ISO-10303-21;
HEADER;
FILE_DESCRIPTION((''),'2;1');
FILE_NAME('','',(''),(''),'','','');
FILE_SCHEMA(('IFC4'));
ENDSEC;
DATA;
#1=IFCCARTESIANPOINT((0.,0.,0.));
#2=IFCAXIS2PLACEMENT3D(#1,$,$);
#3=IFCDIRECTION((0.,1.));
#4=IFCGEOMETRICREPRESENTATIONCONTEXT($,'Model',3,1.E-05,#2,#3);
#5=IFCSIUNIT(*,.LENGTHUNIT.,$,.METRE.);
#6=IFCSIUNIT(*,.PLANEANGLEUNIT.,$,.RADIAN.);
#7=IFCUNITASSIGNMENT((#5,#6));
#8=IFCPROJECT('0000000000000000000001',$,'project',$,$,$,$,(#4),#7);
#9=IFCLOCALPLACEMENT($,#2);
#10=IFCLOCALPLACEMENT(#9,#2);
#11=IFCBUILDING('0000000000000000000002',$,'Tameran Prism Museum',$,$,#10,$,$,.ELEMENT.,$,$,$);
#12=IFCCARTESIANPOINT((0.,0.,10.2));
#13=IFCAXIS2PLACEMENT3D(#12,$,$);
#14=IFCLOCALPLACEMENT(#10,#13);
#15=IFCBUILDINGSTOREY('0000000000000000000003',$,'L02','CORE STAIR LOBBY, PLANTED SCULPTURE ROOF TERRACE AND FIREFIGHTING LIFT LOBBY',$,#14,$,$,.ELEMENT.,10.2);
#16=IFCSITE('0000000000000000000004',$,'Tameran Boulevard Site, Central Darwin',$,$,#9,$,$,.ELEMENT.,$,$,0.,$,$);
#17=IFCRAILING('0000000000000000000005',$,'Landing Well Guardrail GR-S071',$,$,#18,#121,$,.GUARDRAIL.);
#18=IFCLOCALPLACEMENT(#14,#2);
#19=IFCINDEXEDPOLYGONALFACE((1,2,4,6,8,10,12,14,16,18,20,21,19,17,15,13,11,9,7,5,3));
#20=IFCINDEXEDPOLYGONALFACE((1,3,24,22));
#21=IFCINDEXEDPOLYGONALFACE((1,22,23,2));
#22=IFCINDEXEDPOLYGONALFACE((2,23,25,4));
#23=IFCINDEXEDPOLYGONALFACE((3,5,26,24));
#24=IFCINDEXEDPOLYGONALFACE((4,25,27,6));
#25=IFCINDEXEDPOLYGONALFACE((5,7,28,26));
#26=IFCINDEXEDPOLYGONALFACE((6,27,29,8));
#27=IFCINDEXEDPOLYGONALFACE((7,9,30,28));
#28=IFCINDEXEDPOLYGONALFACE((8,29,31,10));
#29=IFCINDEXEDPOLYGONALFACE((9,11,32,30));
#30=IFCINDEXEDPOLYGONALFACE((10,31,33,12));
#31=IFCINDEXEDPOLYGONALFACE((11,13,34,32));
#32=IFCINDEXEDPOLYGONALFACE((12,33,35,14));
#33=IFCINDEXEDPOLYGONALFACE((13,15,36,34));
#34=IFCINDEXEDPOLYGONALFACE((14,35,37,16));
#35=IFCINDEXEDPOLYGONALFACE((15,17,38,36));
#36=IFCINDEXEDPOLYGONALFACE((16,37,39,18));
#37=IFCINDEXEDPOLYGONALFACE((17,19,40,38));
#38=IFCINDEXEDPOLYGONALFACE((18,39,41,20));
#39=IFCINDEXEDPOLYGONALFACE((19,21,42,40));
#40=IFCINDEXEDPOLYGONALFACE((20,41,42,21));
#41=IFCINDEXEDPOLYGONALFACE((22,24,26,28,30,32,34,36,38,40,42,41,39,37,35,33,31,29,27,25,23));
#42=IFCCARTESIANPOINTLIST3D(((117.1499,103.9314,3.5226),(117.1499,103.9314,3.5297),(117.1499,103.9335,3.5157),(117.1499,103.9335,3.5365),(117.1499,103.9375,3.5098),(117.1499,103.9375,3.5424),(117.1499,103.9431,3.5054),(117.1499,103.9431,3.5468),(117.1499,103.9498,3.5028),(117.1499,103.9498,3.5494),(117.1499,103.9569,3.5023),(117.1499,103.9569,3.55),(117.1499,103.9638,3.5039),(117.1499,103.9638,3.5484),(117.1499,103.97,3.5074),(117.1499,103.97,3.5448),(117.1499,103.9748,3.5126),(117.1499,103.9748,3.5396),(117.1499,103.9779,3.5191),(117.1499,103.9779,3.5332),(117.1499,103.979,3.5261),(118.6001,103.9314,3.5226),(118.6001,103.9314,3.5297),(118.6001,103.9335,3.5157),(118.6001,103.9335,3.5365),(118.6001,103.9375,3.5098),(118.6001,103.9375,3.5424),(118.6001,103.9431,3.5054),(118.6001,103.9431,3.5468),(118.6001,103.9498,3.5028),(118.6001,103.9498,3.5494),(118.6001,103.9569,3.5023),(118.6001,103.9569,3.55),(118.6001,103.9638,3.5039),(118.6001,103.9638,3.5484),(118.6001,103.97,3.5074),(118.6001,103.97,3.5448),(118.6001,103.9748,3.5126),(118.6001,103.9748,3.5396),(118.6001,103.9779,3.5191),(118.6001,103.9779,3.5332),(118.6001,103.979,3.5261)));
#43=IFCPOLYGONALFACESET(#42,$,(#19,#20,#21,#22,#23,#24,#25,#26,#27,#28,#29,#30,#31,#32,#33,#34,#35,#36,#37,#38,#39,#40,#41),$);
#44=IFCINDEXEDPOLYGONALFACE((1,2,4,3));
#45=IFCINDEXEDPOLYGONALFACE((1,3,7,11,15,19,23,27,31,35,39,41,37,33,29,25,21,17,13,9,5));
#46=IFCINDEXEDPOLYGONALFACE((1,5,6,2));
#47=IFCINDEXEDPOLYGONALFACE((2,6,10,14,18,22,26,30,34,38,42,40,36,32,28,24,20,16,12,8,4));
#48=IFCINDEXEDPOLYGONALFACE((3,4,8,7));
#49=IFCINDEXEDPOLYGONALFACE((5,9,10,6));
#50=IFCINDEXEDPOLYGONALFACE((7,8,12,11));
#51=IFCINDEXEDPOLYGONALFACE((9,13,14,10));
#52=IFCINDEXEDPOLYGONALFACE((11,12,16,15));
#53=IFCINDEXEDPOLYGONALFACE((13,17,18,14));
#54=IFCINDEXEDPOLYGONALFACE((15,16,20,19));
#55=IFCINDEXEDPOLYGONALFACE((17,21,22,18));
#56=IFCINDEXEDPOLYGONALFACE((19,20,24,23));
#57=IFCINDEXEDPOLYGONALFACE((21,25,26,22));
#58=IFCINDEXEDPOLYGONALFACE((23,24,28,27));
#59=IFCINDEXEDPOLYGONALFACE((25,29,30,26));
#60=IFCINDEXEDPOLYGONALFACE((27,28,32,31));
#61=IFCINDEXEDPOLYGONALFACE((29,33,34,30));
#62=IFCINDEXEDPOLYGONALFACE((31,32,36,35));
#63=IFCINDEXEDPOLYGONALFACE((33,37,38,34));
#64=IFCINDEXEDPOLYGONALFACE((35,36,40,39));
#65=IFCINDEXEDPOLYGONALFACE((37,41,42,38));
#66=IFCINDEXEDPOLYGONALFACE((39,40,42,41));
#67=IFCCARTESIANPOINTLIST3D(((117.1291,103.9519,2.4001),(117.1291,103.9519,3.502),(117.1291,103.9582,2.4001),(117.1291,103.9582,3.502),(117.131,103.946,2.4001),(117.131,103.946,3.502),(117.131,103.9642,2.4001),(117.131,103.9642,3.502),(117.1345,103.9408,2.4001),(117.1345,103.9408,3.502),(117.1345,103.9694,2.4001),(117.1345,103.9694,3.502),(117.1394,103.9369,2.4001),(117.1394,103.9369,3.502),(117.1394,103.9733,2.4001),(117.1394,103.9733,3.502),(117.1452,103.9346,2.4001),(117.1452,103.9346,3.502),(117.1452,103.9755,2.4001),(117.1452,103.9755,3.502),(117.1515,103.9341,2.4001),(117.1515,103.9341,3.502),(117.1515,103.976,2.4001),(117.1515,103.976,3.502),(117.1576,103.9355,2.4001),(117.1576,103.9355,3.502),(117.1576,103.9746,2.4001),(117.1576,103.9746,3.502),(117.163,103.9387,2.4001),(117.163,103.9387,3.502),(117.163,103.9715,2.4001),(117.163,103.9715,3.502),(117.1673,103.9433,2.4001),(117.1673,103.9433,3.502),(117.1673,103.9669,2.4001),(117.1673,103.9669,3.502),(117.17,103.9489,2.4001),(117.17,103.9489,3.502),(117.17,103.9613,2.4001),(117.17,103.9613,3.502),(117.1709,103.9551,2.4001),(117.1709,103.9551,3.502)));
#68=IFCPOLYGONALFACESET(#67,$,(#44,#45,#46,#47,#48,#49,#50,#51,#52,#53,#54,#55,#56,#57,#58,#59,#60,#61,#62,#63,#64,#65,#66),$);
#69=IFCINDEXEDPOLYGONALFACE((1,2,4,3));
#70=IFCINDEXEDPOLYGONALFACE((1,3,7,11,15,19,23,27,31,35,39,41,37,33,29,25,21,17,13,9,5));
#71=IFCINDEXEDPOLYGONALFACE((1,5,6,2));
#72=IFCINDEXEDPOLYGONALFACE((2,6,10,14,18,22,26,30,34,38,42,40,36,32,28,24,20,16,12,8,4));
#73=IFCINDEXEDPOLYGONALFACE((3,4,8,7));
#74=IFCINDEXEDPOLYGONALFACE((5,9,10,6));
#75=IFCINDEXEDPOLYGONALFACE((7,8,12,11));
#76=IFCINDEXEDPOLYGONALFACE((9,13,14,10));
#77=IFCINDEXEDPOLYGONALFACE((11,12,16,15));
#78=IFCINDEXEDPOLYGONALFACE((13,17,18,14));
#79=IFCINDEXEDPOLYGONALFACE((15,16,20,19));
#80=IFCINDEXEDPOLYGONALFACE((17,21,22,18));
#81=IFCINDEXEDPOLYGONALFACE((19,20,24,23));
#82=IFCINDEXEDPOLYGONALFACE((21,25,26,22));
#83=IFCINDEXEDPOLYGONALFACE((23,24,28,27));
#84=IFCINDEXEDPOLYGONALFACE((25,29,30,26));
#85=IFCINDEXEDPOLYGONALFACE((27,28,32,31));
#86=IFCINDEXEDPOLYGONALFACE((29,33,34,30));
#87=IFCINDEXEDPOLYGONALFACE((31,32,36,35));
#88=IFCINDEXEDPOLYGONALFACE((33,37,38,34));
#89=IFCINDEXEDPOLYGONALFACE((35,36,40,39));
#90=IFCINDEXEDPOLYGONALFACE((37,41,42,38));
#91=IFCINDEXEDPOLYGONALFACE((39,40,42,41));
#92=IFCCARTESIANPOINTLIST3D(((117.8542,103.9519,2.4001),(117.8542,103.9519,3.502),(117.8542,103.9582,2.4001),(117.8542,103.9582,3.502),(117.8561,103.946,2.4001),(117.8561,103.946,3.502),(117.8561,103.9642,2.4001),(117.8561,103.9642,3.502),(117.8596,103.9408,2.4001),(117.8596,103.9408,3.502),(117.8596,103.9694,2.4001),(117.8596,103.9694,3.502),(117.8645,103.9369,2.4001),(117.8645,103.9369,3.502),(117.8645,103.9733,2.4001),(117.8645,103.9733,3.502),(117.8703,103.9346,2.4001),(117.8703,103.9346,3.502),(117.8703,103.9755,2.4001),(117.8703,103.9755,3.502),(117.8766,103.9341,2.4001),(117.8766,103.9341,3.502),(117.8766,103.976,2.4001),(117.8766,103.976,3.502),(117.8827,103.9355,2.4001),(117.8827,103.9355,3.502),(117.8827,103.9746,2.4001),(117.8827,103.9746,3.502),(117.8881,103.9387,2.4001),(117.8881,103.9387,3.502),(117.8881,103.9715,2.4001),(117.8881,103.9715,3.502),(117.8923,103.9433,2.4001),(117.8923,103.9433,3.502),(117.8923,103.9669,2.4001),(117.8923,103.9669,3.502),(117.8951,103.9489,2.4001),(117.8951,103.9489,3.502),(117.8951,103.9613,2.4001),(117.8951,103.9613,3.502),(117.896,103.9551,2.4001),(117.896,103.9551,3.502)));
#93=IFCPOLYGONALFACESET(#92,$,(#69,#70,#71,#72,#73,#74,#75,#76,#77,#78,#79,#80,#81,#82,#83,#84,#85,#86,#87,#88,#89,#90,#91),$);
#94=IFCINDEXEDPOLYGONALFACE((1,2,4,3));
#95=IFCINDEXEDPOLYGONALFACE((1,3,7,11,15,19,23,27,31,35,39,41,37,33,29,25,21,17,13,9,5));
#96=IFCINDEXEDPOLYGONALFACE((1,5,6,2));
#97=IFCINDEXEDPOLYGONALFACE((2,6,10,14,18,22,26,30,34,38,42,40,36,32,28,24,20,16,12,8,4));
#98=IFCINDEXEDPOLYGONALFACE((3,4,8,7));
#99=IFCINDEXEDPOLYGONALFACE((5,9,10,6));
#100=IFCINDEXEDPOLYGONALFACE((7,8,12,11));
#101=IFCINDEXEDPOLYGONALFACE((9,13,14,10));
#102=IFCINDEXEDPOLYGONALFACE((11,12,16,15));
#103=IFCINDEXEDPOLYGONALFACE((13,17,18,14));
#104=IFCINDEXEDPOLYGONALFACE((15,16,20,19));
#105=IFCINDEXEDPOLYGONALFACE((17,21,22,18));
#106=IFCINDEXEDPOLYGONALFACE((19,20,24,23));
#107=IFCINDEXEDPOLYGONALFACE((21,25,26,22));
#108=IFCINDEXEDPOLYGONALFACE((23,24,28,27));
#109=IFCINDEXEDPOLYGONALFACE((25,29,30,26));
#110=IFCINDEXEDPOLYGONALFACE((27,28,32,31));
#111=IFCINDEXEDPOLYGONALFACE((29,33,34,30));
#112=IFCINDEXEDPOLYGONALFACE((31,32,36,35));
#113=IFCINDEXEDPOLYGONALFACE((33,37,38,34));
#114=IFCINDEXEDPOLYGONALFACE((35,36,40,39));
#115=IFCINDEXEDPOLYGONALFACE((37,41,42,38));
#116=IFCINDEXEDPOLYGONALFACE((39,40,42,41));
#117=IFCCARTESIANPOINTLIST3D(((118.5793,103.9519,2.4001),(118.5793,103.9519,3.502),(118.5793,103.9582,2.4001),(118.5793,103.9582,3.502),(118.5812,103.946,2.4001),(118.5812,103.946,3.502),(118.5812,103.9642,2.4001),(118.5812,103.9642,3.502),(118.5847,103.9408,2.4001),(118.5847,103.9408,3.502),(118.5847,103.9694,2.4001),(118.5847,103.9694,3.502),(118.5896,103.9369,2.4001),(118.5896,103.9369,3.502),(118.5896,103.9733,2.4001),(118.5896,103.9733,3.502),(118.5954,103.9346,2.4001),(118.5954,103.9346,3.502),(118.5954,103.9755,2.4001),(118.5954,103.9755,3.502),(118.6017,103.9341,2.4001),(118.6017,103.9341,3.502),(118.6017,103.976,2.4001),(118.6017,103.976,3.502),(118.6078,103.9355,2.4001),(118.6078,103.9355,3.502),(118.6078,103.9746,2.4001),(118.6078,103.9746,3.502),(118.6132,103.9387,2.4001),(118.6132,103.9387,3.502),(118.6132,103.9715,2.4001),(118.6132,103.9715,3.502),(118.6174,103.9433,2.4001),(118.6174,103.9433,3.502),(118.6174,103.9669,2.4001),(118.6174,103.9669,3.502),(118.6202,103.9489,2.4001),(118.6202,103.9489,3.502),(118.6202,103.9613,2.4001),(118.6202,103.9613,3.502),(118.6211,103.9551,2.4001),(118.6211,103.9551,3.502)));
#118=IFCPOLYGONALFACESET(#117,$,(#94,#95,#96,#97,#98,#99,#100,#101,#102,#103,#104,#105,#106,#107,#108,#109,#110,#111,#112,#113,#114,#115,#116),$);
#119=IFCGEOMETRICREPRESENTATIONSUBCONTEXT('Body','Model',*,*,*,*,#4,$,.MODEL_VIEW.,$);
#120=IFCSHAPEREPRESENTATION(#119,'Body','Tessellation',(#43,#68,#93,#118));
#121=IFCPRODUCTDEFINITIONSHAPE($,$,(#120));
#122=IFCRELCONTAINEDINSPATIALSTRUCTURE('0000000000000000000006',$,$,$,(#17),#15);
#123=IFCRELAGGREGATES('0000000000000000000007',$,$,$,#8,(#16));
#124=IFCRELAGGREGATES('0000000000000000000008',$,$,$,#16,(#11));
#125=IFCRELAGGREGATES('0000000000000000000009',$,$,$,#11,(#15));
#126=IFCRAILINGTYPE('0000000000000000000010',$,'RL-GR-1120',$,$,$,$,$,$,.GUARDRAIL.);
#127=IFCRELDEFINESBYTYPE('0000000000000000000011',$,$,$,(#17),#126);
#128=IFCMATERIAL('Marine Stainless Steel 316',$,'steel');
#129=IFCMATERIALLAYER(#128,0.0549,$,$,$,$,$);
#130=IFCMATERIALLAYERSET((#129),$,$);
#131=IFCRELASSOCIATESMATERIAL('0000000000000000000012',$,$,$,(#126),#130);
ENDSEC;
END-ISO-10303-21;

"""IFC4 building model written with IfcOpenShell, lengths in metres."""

from ifc_helpers import new_model, si_unit, direction, frame, origin, origin_2d, place, context, subcontext, project, spatial, circle, extrude, material, layer, layer_set, type_object, element, save


model = new_model("IFC4")

# Units and contexts
model_context = context("Model", 3, precision=1e-05, world=origin(), true_north=direction((0.0, 1.0)))
body_context = subcontext(model_context, "Body", "Model", "MODEL_VIEW")
ifc_project = project(units=[si_unit("LENGTHUNIT", "METRE"), si_unit("PLANEANGLEUNIT", "RADIAN")], contexts=[model_context])

# Site, building, storey
site_placement = place(None, origin())
site = spatial("IfcSite", under=ifc_project, at=site_placement, Name="Tameran Boulevard Site, Central Darwin", CompositionType="ELEMENT", RefElevation=0.0)
building_placement = place(site_placement, origin())
building = spatial("IfcBuilding", under=site, at=building_placement, Name="Tameran Prism Museum", CompositionType="ELEMENT")
storey_placement = place(building_placement, frame((0.0, 0.0, 10.2)))
storey = spatial("IfcBuildingStorey", under=building, at=storey_placement, Name="L02", Description="CORE STAIR LOBBY, PLANTED SCULPTURE ROOF TERRACE AND FIREFIGHTING LIFT LOBBY", CompositionType="ELEMENT", Elevation=10.2)

# Railing
ifc_material_1 = material(Name="Marine Stainless Steel 316", Category="steel")
ifc_layer_1 = layer(ifc_material_1, 0.0549)
ifc_layer_set_1 = layer_set([ifc_layer_1])
railing_type_1 = type_object("IfcRailingType", Name="RL-GR-1120", PredefinedType="GUARDRAIL", material=ifc_layer_set_1)
railing_1_placement = place(storey_placement, frame((117.1499, 103.9551, 2.4001)))
element("IfcRailing", 1, at=railing_1_placement, inside=storey, type_object=railing_type_1, Name="Landing Well Guardrail GR-S071", PredefinedType="GUARDRAIL", context=body_context, shape_type="SweptSolid", body=[
    extrude(circle(Radius=0.0239, at=origin_2d()), frame((0.0, 0.0, 1.126), z_axis=(1.0, 0.0, 0.0), x_axis=(0.0, 1.0, 0.0)), (0.0, 0.0, 1.0), 1.4502),
    extrude(circle(Radius=0.021, at=origin_2d()), origin(), (0.0, 0.0, 1.0), 1.1018),
    extrude(circle(Radius=0.021, at=origin_2d()), frame((0.7251, 0.0, 0.0)), (0.0, 0.0, 1.0), 1.1018),
    extrude(circle(Radius=0.021, at=origin_2d()), frame((1.4502, 0.0, 0.0)), (0.0, 0.0, 1.0), 1.1018),
])

save(model, "model.ifc")
